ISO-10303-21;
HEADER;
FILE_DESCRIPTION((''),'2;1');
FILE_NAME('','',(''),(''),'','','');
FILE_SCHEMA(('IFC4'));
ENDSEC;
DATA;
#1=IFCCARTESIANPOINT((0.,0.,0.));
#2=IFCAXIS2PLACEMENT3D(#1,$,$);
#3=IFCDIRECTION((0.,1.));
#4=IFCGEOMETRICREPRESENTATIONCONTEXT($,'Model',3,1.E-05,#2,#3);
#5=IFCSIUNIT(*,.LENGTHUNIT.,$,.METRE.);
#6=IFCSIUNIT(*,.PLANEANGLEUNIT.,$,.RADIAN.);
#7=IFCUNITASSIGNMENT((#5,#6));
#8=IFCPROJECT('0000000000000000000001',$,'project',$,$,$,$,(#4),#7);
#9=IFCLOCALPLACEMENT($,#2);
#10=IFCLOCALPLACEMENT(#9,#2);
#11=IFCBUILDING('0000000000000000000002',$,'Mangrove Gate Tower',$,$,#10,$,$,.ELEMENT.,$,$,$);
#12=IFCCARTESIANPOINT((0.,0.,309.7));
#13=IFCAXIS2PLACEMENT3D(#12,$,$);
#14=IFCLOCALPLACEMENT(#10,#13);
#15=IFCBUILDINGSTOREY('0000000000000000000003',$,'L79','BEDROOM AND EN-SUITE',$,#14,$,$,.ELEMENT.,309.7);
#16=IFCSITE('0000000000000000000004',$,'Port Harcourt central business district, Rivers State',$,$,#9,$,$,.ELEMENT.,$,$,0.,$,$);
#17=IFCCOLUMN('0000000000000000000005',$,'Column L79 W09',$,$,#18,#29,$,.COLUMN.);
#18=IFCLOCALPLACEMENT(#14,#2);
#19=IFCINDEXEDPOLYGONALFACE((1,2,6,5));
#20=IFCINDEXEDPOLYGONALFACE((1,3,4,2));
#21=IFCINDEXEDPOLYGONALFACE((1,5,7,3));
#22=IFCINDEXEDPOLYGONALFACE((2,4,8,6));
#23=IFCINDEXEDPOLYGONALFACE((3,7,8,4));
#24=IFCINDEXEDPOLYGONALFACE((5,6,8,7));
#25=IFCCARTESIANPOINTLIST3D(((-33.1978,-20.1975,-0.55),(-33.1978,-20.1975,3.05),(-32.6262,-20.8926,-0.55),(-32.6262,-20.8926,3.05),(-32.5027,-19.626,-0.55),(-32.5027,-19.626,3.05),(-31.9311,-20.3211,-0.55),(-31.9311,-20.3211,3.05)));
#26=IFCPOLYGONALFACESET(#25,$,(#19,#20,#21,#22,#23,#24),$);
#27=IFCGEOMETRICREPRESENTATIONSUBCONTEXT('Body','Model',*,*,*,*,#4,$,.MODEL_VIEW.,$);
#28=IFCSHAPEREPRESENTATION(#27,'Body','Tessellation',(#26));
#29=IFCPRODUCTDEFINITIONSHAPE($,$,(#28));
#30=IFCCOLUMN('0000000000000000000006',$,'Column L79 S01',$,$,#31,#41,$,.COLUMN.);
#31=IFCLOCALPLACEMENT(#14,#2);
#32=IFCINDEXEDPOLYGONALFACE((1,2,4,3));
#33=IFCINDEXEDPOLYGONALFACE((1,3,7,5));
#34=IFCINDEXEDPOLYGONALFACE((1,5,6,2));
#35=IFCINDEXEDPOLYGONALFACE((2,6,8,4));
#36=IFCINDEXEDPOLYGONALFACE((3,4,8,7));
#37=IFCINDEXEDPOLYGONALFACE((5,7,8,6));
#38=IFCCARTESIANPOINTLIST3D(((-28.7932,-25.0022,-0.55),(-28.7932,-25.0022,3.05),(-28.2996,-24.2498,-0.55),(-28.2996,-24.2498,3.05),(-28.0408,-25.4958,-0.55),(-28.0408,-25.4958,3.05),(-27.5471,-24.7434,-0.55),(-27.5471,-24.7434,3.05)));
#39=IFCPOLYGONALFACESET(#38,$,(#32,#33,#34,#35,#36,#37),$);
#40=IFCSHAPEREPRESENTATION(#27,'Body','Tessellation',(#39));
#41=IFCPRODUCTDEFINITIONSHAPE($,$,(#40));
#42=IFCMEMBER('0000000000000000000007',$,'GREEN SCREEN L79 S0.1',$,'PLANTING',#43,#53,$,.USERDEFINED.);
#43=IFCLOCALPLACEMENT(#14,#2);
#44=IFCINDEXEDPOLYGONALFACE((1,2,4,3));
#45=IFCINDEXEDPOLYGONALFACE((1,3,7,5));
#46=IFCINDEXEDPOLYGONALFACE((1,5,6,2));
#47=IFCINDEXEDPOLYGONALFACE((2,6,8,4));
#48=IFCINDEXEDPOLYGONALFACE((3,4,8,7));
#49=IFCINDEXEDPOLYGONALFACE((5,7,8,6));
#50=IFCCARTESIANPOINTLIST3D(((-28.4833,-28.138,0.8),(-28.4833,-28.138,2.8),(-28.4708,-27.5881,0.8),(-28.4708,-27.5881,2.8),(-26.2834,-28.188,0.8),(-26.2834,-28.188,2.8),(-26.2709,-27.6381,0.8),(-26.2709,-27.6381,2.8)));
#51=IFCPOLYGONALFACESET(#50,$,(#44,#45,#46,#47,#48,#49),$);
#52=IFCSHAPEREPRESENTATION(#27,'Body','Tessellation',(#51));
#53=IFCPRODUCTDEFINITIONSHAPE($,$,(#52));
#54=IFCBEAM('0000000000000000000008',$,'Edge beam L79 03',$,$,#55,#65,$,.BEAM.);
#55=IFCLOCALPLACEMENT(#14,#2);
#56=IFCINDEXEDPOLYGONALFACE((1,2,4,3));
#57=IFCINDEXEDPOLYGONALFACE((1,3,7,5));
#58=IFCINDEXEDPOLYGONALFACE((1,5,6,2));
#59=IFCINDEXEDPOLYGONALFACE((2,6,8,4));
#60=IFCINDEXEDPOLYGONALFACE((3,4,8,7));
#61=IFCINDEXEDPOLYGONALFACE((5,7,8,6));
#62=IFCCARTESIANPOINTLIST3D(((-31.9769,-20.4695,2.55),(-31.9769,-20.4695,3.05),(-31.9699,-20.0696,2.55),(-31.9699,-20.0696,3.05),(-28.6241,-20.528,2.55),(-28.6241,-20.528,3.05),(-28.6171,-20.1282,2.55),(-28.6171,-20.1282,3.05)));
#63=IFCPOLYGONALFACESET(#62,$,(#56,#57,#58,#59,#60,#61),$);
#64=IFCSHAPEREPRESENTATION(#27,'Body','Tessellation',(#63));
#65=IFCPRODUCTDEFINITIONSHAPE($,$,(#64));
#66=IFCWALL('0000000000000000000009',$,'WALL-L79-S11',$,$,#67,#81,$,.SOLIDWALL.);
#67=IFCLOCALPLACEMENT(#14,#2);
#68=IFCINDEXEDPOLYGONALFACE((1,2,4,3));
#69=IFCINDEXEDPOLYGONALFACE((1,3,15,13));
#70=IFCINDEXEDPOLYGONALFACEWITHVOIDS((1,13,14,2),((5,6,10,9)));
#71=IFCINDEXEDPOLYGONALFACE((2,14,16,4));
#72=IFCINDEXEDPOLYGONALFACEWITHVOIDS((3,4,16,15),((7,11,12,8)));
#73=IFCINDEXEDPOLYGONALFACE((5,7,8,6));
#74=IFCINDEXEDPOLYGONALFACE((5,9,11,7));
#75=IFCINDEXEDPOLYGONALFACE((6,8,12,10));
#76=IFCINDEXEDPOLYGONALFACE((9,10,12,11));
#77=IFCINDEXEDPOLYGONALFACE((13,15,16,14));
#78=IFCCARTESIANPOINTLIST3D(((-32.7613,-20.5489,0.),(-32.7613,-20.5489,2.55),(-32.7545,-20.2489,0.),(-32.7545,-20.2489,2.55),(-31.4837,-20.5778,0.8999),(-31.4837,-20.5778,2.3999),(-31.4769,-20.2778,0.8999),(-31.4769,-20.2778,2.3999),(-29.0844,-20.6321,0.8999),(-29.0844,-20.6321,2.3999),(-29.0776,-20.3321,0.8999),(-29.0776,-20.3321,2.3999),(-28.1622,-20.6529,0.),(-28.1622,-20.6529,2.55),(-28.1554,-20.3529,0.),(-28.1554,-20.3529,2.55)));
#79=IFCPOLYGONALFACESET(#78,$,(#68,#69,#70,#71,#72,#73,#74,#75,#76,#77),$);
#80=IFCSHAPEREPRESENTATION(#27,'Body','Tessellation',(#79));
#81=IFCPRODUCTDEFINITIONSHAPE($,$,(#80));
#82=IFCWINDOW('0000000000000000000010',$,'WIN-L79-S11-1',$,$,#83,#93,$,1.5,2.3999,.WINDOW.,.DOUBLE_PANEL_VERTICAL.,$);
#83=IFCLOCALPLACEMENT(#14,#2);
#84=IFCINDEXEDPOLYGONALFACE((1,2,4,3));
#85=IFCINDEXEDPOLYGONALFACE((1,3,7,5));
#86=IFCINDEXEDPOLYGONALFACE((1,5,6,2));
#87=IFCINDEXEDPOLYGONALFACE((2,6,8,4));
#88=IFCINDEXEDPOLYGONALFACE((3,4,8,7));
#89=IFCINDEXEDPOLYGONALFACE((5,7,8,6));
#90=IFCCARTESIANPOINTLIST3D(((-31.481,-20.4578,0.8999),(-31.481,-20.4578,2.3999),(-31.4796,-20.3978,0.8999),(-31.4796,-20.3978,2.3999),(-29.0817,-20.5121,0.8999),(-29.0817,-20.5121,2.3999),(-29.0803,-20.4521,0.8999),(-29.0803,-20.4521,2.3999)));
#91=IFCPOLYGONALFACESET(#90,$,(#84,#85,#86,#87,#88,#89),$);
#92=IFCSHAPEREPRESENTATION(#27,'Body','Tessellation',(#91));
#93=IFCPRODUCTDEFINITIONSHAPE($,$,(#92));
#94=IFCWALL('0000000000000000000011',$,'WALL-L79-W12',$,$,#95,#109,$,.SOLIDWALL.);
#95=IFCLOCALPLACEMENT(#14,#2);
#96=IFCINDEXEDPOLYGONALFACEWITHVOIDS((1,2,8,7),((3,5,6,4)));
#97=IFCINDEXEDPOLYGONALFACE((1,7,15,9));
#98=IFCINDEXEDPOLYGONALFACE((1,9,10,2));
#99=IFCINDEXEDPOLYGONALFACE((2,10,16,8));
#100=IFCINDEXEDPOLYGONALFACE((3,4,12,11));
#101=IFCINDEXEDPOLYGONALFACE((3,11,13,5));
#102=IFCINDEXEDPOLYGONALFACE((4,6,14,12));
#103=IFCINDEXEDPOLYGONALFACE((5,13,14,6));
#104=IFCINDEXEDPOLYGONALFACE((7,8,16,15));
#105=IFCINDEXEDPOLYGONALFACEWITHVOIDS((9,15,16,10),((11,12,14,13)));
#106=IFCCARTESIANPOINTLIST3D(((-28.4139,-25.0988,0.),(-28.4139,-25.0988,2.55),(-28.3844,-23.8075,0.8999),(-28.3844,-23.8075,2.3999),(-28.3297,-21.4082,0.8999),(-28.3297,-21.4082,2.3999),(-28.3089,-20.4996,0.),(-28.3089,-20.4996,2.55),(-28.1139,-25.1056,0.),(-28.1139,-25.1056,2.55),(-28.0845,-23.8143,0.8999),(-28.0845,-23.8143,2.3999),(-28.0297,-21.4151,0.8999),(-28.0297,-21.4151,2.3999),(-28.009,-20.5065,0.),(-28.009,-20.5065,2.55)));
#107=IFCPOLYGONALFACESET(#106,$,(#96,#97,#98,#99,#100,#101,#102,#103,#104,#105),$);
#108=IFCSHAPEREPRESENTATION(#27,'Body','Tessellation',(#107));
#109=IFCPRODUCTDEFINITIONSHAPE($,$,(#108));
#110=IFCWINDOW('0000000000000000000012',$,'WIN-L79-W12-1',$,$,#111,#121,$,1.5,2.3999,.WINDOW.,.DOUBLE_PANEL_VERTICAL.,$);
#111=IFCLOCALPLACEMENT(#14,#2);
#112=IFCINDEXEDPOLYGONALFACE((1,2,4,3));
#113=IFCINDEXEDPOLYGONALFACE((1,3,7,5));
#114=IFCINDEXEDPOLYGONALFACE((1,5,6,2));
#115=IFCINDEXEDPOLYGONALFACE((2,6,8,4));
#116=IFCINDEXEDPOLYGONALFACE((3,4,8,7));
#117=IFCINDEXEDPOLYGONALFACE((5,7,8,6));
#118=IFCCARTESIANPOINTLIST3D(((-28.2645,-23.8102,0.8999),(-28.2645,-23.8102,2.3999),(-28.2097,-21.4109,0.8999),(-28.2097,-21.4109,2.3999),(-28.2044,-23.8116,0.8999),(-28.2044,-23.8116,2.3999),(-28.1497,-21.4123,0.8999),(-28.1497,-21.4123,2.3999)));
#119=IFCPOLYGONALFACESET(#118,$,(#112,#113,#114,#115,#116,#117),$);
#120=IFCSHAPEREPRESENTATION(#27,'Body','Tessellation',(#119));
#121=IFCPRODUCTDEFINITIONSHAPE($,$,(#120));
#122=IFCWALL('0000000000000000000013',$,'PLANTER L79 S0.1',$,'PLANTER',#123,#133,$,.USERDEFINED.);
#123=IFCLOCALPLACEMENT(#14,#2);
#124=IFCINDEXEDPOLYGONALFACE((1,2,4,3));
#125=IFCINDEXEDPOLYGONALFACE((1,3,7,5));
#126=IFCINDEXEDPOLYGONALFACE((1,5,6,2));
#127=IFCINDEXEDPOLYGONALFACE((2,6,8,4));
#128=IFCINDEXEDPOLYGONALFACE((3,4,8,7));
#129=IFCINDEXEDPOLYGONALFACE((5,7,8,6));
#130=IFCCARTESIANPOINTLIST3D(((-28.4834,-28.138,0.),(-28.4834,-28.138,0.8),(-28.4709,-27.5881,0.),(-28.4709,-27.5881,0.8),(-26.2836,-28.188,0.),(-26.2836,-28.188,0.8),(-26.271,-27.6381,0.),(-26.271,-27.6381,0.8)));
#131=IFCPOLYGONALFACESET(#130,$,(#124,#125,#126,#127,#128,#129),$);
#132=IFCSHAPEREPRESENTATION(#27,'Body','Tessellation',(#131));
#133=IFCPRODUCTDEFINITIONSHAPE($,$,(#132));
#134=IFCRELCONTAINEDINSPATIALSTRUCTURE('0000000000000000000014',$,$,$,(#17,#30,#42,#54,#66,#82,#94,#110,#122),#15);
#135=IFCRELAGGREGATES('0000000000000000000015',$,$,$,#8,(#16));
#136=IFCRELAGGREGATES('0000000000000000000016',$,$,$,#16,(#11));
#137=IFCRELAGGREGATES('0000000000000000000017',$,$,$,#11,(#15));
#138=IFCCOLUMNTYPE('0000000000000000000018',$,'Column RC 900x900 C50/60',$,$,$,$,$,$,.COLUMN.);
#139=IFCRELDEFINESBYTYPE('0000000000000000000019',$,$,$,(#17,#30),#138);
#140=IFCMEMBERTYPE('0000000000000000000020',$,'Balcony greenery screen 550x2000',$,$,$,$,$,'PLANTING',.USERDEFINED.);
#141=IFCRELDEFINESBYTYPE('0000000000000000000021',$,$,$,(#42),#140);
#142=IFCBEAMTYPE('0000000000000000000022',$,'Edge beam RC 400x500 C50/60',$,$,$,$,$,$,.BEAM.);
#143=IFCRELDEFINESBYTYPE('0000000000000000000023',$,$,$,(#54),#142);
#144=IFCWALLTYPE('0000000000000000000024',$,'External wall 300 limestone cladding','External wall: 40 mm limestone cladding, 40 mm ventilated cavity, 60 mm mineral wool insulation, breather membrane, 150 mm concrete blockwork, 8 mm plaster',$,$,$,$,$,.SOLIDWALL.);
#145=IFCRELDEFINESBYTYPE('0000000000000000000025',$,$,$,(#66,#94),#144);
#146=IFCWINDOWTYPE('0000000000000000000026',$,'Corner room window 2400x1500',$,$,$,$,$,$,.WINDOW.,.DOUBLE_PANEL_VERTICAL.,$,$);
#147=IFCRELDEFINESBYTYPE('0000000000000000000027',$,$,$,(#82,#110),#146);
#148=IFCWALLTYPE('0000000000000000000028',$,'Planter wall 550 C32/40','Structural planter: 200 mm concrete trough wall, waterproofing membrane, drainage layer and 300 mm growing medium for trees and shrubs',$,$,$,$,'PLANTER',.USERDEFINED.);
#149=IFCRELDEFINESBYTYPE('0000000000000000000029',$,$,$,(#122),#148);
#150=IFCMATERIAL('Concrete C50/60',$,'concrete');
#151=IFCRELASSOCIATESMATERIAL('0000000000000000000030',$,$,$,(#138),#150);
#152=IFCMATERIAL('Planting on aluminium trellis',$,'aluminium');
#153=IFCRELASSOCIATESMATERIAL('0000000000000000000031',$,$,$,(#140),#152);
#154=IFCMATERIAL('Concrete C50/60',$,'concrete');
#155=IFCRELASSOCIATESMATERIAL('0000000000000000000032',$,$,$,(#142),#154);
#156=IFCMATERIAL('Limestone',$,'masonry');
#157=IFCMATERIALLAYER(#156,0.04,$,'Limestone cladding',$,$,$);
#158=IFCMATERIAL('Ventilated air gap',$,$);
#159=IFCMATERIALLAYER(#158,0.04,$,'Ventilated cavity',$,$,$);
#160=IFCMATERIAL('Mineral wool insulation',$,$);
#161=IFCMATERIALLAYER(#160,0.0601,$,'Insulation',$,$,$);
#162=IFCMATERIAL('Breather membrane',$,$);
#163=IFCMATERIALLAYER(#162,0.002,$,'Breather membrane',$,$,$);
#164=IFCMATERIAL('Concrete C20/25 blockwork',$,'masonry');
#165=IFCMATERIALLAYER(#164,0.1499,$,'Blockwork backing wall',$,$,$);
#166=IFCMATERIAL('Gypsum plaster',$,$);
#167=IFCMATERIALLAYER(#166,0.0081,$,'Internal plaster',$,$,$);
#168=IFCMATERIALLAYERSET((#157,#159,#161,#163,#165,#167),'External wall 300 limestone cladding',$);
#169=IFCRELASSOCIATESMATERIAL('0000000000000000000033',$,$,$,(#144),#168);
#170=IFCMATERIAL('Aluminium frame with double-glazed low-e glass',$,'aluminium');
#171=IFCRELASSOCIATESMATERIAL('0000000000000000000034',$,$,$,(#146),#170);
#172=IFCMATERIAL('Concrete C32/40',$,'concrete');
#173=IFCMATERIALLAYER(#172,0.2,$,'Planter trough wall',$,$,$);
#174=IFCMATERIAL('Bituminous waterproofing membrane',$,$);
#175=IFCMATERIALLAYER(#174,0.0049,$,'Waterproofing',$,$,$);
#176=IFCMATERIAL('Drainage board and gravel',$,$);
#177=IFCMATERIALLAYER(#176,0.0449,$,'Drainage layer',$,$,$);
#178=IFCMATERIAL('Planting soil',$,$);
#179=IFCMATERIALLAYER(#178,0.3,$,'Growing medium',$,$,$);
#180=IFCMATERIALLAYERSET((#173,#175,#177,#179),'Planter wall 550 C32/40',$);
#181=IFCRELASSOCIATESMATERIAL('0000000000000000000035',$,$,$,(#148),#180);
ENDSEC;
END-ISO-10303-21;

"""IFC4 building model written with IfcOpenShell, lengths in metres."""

from ifc_helpers import new_model, si_unit, direction, frame, frame_2d, origin, origin_2d, place, context, subcontext, project, spatial, rectangle, extrude, material, layer, layer_set, material_profile, profile_set, type_object, element, fill, save


model = new_model("IFC4")

# Units and contexts
model_context = context("Model", 3, precision=1e-05, world=origin(), true_north=direction((0.0, 1.0)))
body_context = subcontext(model_context, "Body", "Model", "MODEL_VIEW")
ifc_project = project(units=[si_unit("LENGTHUNIT", "METRE"), si_unit("PLANEANGLEUNIT", "RADIAN")], contexts=[model_context])

# Site, building, storey
site_placement = place(None, origin())
site = spatial("IfcSite", under=ifc_project, at=site_placement, Name="Port Harcourt central business district, Rivers State", CompositionType="ELEMENT", RefElevation=0.0)
building_placement = place(site_placement, origin())
building = spatial("IfcBuilding", under=site, at=building_placement, Name="Mangrove Gate Tower", CompositionType="ELEMENT")
storey_placement = place(building_placement, frame((0.0, 0.0, 309.7)))
storey = spatial("IfcBuildingStorey", under=building, at=storey_placement, Name="L79", Description="BEDROOM AND EN-SUITE", CompositionType="ELEMENT", Elevation=309.7)

# Columns
ifc_material_1 = material(Name="Concrete C50/60", Category="concrete")
ifc_material_profile_1 = material_profile(ifc_material_1, rectangle(XDim=0.8999, YDim=0.8999, at=origin_2d()))
ifc_profile_set_1 = profile_set([ifc_material_profile_1], Name="Concrete C50/60")
column_type = type_object("IfcColumnType", Name="Column RC 900x900 C50/60", PredefinedType="COLUMN", material=ifc_profile_set_1)
for number, where, z_axis, x_axis, name in (
    (1, (-32.5645, -20.2593, -0.55), (0.0, 0.0, 1.0), (0.635105, -0.772425, 0.0), "Column L79 W09"),
    (2, (-28.1702, -24.8728, -0.55), (0.0, 0.0, 1.0), (0.836135, -0.548523, 0.0), "Column L79 S01"),
):
    element("IfcColumn", number, at=place(storey_placement, frame(where, z_axis=z_axis, x_axis=x_axis)), inside=storey, type_object=column_type, Name=name, PredefinedType="COLUMN", context=body_context, shape_type="SweptSolid", body=[
        extrude(rectangle(XDim=0.8999, YDim=0.8999, at=origin_2d()), origin(), (0.0, 0.0, 1.0), 3.6001),
    ])

# Member
ifc_material_2 = material(Name="Planting on aluminium trellis", Category="aluminium")
ifc_material_profile_2 = material_profile(ifc_material_2, rectangle(XDim=0.55, YDim=2.0, at=origin_2d()))
ifc_profile_set_2 = profile_set([ifc_material_profile_2], Name="Planting on aluminium trellis")
member_type = type_object("IfcMemberType", Name="Balcony greenery screen 550x2000", ElementType="PLANTING", PredefinedType="USERDEFINED", material=ifc_profile_set_2)
member_placement = place(storey_placement, frame((-28.4771, -27.863, 1.8), z_axis=(0.999741, -0.022744, 0.0), x_axis=(0.022744, 0.999741, 0.0)))
element("IfcMember", 3, at=member_placement, inside=storey, type_object=member_type, Name="GREEN SCREEN L79 S0.1", ObjectType="PLANTING", PredefinedType="USERDEFINED", context=body_context, shape_type="SweptSolid", body=[
    extrude(rectangle(XDim=0.55, YDim=2.0, at=origin_2d()), origin(), (0.0, 0.0, 1.0), 2.2004),
])

# Beam
ifc_material_3 = material(Name="Concrete C50/60", Category="concrete")
ifc_material_profile_3 = material_profile(ifc_material_3, rectangle(XDim=0.3999, YDim=0.5, at=origin_2d()))
ifc_profile_set_3 = profile_set([ifc_material_profile_3], Name="Concrete C50/60")
beam_type = type_object("IfcBeamType", Name="Edge beam RC 400x500 C50/60", PredefinedType="BEAM", material=ifc_profile_set_3)
beam_placement = place(storey_placement, frame((-31.9734, -20.2695, 2.8), z_axis=(0.999847, -0.017473, 0.0), x_axis=(0.017473, 0.999847, 0.0)))
element("IfcBeam", 4, at=beam_placement, inside=storey, type_object=beam_type, Name="Edge beam L79 03", PredefinedType="BEAM", context=body_context, shape_type="SweptSolid", body=[
    extrude(rectangle(XDim=0.3999, YDim=0.5, at=origin_2d()), origin(), (0.0, 0.0, 1.0), 3.3533),
])

# Walls, openings, windows
ifc_material_4 = material(Name="Limestone", Category="masonry")
ifc_layer_1 = layer(ifc_material_4, 0.04, Name="Limestone cladding")
ifc_material_5 = material(Name="Ventilated air gap")
ifc_layer_2 = layer(ifc_material_5, 0.04, Name="Ventilated cavity")
ifc_material_6 = material(Name="Mineral wool insulation")
ifc_layer_3 = layer(ifc_material_6, 0.0601, Name="Insulation")
ifc_material_7 = material(Name="Breather membrane")
ifc_layer_4 = layer(ifc_material_7, 0.002, Name="Breather membrane")
ifc_material_8 = material(Name="Concrete C20/25 blockwork", Category="masonry")
ifc_layer_5 = layer(ifc_material_8, 0.1499, Name="Blockwork backing wall")
ifc_material_9 = material(Name="Gypsum plaster")
ifc_layer_6 = layer(ifc_material_9, 0.0081, Name="Internal plaster")
ifc_layer_set_1 = layer_set([ifc_layer_1, ifc_layer_2, ifc_layer_3, ifc_layer_4, ifc_layer_5, ifc_layer_6], Name="External wall 300 limestone cladding")
wall_type_1 = type_object("IfcWallType", Name="External wall 300 limestone cladding", Description="External wall: 40 mm limestone cladding, 40 mm ventilated cavity, 60 mm mineral wool insulation, breather membrane, 150 mm concrete blockwork, 8 mm plaster", PredefinedType="SOLIDWALL", material=ifc_layer_set_1)
wall_1_placement = place(storey_placement, frame((-32.7581, -20.3989, 0.0), z_axis=(0.0, 0.0, 1.0), x_axis=(0.999744, -0.022608, 0.0)))
wall_1 = element("IfcWall", 5, at=wall_1_placement, inside=storey, type_object=wall_type_1, Name="WALL-L79-S11", PredefinedType="SOLIDWALL", context=body_context, shape_type="SweptSolid", body=[
    extrude(rectangle(XDim=4.6003, YDim=0.3, at=frame_2d((2.3003, 0.0))), origin(), (0.0, 0.0, 1.0), 2.55),
])
opening_1_placement = place(wall_1_placement, frame((1.2781, 0.0, 0.8999)))
opening_1 = element("IfcOpeningElement", 6, at=opening_1_placement, cuts=wall_1, PredefinedType="OPENING", context=body_context, shape_type="SweptSolid", body=[
    extrude(rectangle(XDim=2.3999, YDim=1.5, at=frame_2d((1.2, 0.75))), frame((0.0, 0.1599, 0.0), z_axis=(0.0, -1.0, 0.0), x_axis=(1.0, 0.0, 0.0)), (0.0, 0.0, 1.0), 0.3201),
])
ifc_material_10 = material(Name="Aluminium frame with double-glazed low-e glass", Category="aluminium")
window_type = type_object("IfcWindowType", Name="Corner room window 2400x1500", PartitioningType="DOUBLE_PANEL_VERTICAL", PredefinedType="WINDOW", material=ifc_material_10)
window_1_placement = place(opening_1_placement, origin())
window_1 = element("IfcWindow", 7, at=window_1_placement, inside=storey, type_object=window_type, Name="WIN-L79-S11-1", OverallHeight=1.5, OverallWidth=2.3999, PartitioningType="DOUBLE_PANEL_VERTICAL", PredefinedType="WINDOW", context=body_context, shape_type="SweptSolid", body=[
    extrude(rectangle(XDim=2.3999, YDim=1.5, at=frame_2d((1.2, 0.75))), frame((0.0, 0.03, 0.0), z_axis=(0.0, -1.0, 0.0), x_axis=(1.0, 0.0, 0.0)), (0.0, 0.0, 1.0), 0.0601),
])
fill(opening_1, window_1)
wall_2_placement = place(storey_placement, frame((-28.1589, -20.5029, 0.0), z_axis=(0.0, 0.0, 1.0), x_axis=(-0.02282, -0.99974, 0.0)))
wall_2 = element("IfcWall", 8, at=wall_2_placement, inside=storey, type_object=wall_type_1, Name="WALL-L79-W12", PredefinedType="SOLIDWALL", context=body_context, shape_type="SweptSolid", body=[
    extrude(rectangle(XDim=4.6003, YDim=0.3, at=frame_2d((2.3003, 0.0))), origin(), (0.0, 0.0, 1.0), 2.55),
])
opening_2_placement = place(wall_2_placement, frame((0.9089, 0.0, 0.8999)))
opening_2 = element("IfcOpeningElement", 9, at=opening_2_placement, cuts=wall_2, PredefinedType="OPENING", context=body_context, shape_type="SweptSolid", body=[
    extrude(rectangle(XDim=2.3999, YDim=1.5, at=frame_2d((1.2, 0.75))), frame((0.0, 0.1599, 0.0), z_axis=(0.0, -1.0, 0.0), x_axis=(1.0, 0.0, 0.0)), (0.0, 0.0, 1.0), 0.3201),
])
window_2_placement = place(opening_2_placement, origin())
window_2 = element("IfcWindow", 10, at=window_2_placement, inside=storey, type_object=window_type, Name="WIN-L79-W12-1", OverallHeight=1.5, OverallWidth=2.3999, PartitioningType="DOUBLE_PANEL_VERTICAL", PredefinedType="WINDOW", context=body_context, shape_type="SweptSolid", body=[
    extrude(rectangle(XDim=2.3999, YDim=1.5, at=frame_2d((1.2, 0.75))), frame((0.0, 0.03, 0.0), z_axis=(0.0, -1.0, 0.0), x_axis=(1.0, 0.0, 0.0)), (0.0, 0.0, 1.0), 0.0601),
])
fill(opening_2, window_2)

# Wall
ifc_material_11 = material(Name="Concrete C32/40", Category="concrete")
ifc_layer_7 = layer(ifc_material_11, 0.2, Name="Planter trough wall")
ifc_material_12 = material(Name="Bituminous waterproofing membrane")
ifc_layer_8 = layer(ifc_material_12, 0.0049, Name="Waterproofing")
ifc_material_13 = material(Name="Drainage board and gravel")
ifc_layer_9 = layer(ifc_material_13, 0.0449, Name="Drainage layer")
ifc_material_14 = material(Name="Planting soil")
ifc_layer_10 = layer(ifc_material_14, 0.3, Name="Growing medium")
ifc_layer_set_2 = layer_set([ifc_layer_7, ifc_layer_8, ifc_layer_9, ifc_layer_10], Name="Planter wall 550 C32/40")
wall_type_2 = type_object("IfcWallType", Name="Planter wall 550 C32/40", Description="Structural planter: 200 mm concrete trough wall, waterproofing membrane, drainage layer and 300 mm growing medium for trees and shrubs", ElementType="PLANTER", PredefinedType="USERDEFINED", material=ifc_layer_set_2)
wall_3_placement = place(storey_placement, frame((-28.4771, -27.863, 0.0), z_axis=(0.0, 0.0, 1.0), x_axis=(0.999741, -0.022744, 0.0)))
element("IfcWall", 11, at=wall_3_placement, inside=storey, type_object=wall_type_2, Name="PLANTER L79 S0.1", ObjectType="PLANTER", PredefinedType="USERDEFINED", context=body_context, shape_type="SweptSolid", body=[
    extrude(rectangle(XDim=2.2004, YDim=0.55, at=frame_2d((1.1001, 0.0))), origin(), (0.0, 0.0, 1.0), 0.8),
])

save(model, "model.ifc")
